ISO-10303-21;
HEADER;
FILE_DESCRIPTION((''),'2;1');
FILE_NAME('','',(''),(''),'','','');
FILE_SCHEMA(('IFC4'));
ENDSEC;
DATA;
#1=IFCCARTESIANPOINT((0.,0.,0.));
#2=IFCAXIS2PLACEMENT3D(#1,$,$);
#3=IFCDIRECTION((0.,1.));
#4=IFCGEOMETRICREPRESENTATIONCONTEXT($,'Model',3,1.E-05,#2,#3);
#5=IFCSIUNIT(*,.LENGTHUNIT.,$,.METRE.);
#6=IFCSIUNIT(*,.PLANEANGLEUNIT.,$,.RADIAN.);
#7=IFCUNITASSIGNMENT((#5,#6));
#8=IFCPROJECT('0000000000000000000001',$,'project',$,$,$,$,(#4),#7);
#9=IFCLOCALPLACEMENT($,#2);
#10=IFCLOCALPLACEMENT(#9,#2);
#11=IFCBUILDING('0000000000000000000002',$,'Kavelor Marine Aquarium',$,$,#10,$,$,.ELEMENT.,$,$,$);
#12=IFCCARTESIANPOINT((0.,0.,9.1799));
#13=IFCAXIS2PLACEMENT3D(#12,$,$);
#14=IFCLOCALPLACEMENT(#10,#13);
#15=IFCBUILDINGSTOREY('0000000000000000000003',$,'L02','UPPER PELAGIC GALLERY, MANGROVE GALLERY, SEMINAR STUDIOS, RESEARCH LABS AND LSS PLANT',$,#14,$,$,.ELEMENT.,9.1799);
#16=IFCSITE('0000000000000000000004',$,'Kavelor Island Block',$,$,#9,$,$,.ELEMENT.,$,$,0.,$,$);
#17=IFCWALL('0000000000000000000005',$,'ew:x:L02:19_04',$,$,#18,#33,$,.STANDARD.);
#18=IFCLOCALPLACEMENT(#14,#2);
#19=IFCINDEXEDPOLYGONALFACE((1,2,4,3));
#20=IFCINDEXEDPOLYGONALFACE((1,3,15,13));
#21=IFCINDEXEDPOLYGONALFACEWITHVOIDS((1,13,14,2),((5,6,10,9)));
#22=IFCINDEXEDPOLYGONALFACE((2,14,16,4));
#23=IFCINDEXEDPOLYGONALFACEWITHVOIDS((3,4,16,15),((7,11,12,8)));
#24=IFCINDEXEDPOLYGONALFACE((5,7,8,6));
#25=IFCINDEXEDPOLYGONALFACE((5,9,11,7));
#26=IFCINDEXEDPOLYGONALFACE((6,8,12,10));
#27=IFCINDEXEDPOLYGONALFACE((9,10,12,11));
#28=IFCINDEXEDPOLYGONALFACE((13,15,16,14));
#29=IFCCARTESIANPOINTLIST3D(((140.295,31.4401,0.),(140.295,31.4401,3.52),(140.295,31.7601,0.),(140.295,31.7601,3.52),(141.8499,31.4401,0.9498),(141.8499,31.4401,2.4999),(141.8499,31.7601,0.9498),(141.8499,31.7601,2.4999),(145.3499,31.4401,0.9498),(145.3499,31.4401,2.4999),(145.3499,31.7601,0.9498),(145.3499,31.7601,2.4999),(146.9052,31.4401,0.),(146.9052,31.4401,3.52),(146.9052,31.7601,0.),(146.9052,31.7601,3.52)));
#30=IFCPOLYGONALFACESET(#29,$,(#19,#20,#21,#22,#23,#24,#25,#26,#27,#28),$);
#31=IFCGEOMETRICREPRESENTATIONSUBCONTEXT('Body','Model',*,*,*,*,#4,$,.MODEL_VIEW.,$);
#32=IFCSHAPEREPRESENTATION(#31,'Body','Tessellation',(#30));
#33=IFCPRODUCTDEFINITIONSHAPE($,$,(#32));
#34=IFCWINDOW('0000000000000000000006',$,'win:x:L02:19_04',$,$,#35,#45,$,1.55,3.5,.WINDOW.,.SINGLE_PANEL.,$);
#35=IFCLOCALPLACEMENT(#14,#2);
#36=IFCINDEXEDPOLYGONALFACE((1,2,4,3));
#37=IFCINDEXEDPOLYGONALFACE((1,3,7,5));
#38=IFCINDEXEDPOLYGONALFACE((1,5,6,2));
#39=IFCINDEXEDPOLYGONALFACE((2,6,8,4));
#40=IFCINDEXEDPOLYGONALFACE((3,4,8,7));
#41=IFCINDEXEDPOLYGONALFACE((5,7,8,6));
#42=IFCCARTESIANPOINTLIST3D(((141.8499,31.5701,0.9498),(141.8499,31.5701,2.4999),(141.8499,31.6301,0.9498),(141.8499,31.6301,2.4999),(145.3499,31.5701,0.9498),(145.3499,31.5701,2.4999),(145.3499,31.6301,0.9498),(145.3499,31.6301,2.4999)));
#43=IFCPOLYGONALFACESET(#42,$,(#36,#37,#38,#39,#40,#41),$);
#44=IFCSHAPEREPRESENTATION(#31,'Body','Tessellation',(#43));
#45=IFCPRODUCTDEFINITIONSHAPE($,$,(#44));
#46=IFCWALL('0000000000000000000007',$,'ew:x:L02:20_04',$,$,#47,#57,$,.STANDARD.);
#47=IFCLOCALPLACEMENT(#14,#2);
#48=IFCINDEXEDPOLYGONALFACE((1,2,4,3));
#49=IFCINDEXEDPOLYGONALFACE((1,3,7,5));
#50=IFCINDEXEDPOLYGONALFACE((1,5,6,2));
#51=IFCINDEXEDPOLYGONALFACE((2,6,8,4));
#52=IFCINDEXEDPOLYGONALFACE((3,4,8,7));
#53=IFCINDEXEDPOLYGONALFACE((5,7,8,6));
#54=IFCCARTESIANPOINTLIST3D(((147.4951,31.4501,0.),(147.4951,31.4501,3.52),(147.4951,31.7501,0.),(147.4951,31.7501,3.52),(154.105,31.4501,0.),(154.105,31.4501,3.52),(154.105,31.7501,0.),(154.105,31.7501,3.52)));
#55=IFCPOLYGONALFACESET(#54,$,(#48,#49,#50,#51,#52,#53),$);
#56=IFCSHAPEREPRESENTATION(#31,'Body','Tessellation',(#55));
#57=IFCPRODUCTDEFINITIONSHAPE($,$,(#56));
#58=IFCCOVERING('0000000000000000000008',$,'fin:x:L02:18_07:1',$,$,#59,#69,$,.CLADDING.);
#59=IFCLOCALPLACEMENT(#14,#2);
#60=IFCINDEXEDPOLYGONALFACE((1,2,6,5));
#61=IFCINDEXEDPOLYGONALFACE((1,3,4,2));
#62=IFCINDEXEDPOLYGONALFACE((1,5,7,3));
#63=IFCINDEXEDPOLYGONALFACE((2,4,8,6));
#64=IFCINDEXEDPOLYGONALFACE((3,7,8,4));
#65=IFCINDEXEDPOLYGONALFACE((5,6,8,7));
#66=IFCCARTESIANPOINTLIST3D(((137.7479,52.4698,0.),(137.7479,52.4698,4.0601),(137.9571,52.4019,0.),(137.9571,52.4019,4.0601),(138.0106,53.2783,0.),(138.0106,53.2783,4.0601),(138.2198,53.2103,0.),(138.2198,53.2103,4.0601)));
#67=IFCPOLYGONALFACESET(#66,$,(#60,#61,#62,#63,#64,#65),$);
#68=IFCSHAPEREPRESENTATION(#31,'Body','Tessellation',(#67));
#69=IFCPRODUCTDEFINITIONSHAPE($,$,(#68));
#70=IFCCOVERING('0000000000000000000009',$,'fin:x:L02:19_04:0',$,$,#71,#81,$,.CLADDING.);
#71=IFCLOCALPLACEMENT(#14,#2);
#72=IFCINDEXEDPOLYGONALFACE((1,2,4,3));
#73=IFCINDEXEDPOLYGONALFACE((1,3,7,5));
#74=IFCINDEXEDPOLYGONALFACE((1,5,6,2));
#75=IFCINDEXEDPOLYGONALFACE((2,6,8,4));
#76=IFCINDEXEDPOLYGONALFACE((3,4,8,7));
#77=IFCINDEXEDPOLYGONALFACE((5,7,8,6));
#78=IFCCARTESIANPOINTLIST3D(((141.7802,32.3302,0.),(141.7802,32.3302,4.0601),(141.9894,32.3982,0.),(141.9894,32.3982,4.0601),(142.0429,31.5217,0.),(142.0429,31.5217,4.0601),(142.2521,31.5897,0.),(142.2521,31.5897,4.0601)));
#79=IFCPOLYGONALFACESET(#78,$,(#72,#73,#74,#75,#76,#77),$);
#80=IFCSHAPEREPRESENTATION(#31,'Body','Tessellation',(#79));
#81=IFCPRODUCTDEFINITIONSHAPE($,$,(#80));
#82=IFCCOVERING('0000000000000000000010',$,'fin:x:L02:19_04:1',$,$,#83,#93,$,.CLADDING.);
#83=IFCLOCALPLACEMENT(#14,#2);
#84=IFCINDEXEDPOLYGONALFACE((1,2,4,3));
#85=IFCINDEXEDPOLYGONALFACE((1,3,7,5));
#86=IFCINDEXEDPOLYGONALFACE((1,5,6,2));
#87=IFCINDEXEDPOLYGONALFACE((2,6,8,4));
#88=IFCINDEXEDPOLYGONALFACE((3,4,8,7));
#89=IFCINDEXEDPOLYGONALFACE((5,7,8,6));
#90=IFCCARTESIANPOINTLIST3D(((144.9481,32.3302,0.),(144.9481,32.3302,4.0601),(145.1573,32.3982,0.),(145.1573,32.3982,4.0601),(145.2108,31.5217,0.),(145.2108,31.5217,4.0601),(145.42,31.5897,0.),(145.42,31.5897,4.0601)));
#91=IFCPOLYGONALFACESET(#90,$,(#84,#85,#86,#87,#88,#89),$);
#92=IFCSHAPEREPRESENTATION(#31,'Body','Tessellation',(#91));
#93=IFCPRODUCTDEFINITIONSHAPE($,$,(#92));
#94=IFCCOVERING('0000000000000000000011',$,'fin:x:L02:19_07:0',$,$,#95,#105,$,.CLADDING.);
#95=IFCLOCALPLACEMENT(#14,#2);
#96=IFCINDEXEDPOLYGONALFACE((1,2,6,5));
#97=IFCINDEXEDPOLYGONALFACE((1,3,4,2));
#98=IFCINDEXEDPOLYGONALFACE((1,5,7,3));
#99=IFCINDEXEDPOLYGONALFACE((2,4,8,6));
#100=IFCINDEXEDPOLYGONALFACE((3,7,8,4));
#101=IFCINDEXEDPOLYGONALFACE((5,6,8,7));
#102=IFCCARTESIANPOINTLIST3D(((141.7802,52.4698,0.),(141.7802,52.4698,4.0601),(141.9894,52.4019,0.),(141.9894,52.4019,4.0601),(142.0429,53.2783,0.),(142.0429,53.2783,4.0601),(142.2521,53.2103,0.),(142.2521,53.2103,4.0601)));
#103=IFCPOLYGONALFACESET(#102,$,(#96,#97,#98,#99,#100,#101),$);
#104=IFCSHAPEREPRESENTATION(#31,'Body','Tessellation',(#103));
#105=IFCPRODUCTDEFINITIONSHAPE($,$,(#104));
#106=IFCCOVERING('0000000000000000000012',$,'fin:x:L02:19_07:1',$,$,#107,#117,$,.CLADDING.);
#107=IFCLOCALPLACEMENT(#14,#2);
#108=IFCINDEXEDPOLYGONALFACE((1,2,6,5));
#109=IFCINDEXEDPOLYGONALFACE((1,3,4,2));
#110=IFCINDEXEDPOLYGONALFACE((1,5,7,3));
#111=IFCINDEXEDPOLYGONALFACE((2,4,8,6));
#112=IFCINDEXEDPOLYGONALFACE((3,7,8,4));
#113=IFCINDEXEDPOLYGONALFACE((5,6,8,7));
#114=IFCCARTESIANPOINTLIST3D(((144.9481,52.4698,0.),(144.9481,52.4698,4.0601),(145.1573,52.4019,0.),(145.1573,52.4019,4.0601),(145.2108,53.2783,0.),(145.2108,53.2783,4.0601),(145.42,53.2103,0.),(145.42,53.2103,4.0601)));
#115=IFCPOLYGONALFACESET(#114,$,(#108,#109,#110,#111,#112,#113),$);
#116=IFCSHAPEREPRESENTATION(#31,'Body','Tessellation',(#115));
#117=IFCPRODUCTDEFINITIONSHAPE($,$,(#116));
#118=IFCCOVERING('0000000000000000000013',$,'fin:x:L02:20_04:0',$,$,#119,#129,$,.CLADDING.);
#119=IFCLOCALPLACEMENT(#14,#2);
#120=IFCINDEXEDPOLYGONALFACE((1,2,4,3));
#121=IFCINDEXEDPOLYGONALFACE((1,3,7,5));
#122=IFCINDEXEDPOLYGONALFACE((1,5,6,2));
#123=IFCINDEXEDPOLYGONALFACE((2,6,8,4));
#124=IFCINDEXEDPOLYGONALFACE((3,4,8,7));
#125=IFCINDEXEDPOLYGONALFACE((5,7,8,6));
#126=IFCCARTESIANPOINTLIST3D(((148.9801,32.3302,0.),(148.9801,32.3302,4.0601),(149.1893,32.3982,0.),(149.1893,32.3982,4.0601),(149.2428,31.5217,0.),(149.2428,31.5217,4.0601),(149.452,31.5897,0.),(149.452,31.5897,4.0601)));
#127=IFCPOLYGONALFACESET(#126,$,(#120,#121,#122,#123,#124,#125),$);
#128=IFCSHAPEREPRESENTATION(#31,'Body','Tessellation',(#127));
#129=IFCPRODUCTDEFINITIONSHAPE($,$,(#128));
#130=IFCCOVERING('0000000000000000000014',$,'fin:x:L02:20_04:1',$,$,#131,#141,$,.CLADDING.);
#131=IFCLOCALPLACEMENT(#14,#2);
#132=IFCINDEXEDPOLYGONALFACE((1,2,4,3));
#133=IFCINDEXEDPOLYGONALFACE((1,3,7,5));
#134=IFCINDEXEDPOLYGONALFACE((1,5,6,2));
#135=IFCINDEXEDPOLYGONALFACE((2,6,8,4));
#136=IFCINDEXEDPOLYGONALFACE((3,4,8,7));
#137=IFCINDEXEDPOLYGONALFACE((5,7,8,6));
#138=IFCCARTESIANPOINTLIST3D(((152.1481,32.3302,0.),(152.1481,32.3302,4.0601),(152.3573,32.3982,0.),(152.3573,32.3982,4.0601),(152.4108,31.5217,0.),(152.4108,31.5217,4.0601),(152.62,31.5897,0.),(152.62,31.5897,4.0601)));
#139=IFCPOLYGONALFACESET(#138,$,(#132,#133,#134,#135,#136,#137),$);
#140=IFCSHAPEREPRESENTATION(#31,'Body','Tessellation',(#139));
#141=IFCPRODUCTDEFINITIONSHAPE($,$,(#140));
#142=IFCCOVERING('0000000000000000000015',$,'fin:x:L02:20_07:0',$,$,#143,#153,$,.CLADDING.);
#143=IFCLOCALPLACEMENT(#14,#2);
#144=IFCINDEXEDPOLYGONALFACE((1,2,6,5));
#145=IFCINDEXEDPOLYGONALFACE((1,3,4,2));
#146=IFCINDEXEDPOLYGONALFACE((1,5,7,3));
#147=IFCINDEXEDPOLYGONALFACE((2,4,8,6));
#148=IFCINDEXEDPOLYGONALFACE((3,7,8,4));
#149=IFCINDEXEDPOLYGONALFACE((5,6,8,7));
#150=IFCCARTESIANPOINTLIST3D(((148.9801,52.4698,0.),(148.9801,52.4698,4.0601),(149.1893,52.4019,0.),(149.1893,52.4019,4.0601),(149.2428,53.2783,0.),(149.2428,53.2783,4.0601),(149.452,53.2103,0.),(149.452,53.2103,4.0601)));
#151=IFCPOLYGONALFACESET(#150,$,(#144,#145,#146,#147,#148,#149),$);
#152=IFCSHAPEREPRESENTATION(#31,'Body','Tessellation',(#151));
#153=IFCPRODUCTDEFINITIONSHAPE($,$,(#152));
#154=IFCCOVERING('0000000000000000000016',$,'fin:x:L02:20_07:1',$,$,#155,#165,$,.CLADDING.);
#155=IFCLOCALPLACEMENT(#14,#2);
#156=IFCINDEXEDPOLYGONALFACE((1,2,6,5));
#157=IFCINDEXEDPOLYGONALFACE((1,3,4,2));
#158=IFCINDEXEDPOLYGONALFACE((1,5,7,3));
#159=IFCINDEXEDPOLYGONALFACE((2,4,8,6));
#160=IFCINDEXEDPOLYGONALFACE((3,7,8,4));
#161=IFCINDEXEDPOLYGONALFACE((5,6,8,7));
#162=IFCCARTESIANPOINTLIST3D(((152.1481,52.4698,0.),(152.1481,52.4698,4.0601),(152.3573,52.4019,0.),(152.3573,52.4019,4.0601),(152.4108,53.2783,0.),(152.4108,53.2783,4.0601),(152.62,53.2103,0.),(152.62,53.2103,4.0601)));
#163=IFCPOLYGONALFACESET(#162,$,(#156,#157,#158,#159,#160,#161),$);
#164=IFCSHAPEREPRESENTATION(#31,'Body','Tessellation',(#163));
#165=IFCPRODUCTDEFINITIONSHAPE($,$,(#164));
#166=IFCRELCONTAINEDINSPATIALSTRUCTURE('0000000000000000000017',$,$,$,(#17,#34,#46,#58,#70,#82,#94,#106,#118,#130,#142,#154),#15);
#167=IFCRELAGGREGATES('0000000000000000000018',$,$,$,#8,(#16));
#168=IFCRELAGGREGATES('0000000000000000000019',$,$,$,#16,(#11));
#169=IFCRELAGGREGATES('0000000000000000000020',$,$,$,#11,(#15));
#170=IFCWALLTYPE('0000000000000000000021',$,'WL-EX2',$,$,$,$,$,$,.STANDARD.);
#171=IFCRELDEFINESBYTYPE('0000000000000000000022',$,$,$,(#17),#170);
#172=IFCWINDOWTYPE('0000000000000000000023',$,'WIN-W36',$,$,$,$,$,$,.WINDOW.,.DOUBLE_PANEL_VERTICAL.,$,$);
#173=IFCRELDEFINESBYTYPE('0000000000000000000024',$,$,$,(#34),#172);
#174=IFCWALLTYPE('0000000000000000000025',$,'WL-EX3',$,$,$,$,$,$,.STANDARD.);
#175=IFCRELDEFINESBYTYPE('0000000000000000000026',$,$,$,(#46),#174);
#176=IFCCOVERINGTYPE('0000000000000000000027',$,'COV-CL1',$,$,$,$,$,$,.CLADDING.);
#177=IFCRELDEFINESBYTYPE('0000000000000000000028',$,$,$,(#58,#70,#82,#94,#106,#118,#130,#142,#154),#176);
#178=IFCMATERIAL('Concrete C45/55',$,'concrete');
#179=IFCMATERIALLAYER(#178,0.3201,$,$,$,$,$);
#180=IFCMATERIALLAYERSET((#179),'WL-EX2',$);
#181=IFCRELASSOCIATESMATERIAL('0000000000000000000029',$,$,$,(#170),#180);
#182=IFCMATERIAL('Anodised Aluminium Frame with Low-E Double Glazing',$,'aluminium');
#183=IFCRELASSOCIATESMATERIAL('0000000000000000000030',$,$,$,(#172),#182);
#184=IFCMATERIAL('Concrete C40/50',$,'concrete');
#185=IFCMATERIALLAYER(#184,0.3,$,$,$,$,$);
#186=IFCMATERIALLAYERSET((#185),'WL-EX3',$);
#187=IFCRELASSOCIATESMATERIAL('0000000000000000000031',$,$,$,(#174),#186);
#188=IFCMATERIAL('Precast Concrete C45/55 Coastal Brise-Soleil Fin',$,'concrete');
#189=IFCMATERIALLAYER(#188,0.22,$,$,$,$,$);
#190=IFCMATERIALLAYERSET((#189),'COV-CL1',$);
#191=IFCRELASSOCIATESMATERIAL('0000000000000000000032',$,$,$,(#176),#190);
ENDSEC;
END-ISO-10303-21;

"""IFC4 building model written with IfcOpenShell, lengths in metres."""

from ifc_helpers import new_model, si_unit, direction, frame, frame_2d, origin, origin_2d, place, context, subcontext, project, spatial, rectangle, extrude, material, layer, layer_set, type_object, element, fill, save


model = new_model("IFC4")

# Units and contexts
model_context = context("Model", 3, precision=1e-05, world=origin(), true_north=direction((0.0, 1.0)))
body_context = subcontext(model_context, "Body", "Model", "MODEL_VIEW")
ifc_project = project(units=[si_unit("LENGTHUNIT", "METRE"), si_unit("PLANEANGLEUNIT", "RADIAN")], contexts=[model_context])

# Site, building, storey
site_placement = place(None, origin())
site = spatial("IfcSite", under=ifc_project, at=site_placement, Name="Kavelor Island Block", CompositionType="ELEMENT", RefElevation=0.0)
building_placement = place(site_placement, origin())
building = spatial("IfcBuilding", under=site, at=building_placement, Name="Kavelor Marine Aquarium", CompositionType="ELEMENT")
storey_placement = place(building_placement, frame((0.0, 0.0, 9.1799)))
storey = spatial("IfcBuildingStorey", under=building, at=storey_placement, Name="L02", Description="UPPER PELAGIC GALLERY, MANGROVE GALLERY, SEMINAR STUDIOS, RESEARCH LABS AND LSS PLANT", CompositionType="ELEMENT", Elevation=9.1799)

# Wall, opening, window
ifc_material_1 = material(Name="Concrete C45/55", Category="concrete")
ifc_layer_1 = layer(ifc_material_1, 0.3201)
ifc_layer_set_1 = layer_set([ifc_layer_1], Name="WL-EX2")
wall_type_1 = type_object("IfcWallType", Name="WL-EX2", PredefinedType="STANDARD", material=ifc_layer_set_1)
wall_1_placement = place(storey_placement, frame((140.2949, 31.6001, 0.0), z_axis=(0.0, 0.0, 1.0), x_axis=(1.0, 0.0, 0.0)))
wall_1 = element("IfcWall", 1, at=wall_1_placement, inside=storey, type_object=wall_type_1, Name="ew:x:L02:19_04", PredefinedType="STANDARD", context=body_context, shape_type="SweptSolid", body=[
    extrude(rectangle(XDim=6.6101, YDim=0.3201, at=frame_2d((3.3052, 0.0))), origin(), (0.0, 0.0, 1.0), 3.52),
])
opening_placement = place(wall_1_placement, frame((1.5549, 0.0, 0.95)))
opening = element("IfcOpeningElement", 2, at=opening_placement, cuts=wall_1, PredefinedType="OPENING", context=body_context, shape_type="SweptSolid", body=[
    extrude(rectangle(XDim=3.5, YDim=1.55, at=frame_2d((1.75, 0.7749))), frame((0.0, 0.1699, 0.0), z_axis=(0.0, -1.0, 0.0), x_axis=(1.0, 0.0, 0.0)), (0.0, 0.0, 1.0), 0.3401),
])
ifc_material_2 = material(Name="Anodised Aluminium Frame with Low-E Double Glazing", Category="aluminium")
window_type = type_object("IfcWindowType", Name="WIN-W36", PartitioningType="DOUBLE_PANEL_VERTICAL", PredefinedType="WINDOW", material=ifc_material_2)
window_placement = place(opening_placement, origin())
window = element("IfcWindow", 3, at=window_placement, inside=storey, type_object=window_type, Name="win:x:L02:19_04", OverallHeight=1.55, OverallWidth=3.5, PartitioningType="SINGLE_PANEL", PredefinedType="WINDOW", context=body_context, shape_type="SweptSolid", body=[
    extrude(rectangle(XDim=3.5, YDim=1.55, at=frame_2d((1.75, 0.7749))), frame((0.0, 0.03, 0.0), z_axis=(0.0, -1.0, 0.0), x_axis=(1.0, 0.0, 0.0)), (0.0, 0.0, 1.0), 0.0601),
])
fill(opening, window)

# Wall
ifc_material_3 = material(Name="Concrete C40/50", Category="concrete")
ifc_layer_2 = layer(ifc_material_3, 0.3)
ifc_layer_set_2 = layer_set([ifc_layer_2], Name="WL-EX3")
wall_type_2 = type_object("IfcWallType", Name="WL-EX3", PredefinedType="STANDARD", material=ifc_layer_set_2)
wall_2_placement = place(storey_placement, frame((147.4951, 31.6001, 0.0), z_axis=(0.0, 0.0, 1.0), x_axis=(1.0, 0.0, 0.0)))
element("IfcWall", 4, at=wall_2_placement, inside=storey, type_object=wall_type_2, Name="ew:x:L02:20_04", PredefinedType="STANDARD", context=body_context, shape_type="SweptSolid", body=[
    extrude(rectangle(XDim=6.6099, YDim=0.3, at=frame_2d((3.3049, 0.0))), origin(), (0.0, 0.0, 1.0), 3.52),
])

# Coverings
ifc_material_4 = material(Name="Precast Concrete C45/55 Coastal Brise-Soleil Fin", Category="concrete")
ifc_layer_3 = layer(ifc_material_4, 0.22)
ifc_layer_set_3 = layer_set([ifc_layer_3], Name="COV-CL1")
covering_type = type_object("IfcCoveringType", Name="COV-CL1", PredefinedType="CLADDING", material=ifc_layer_set_3)
for number, where, z_axis, x_axis, name in (
    (5, (137.9839, 52.8401, 0.0), (0.0, 0.0, 1.0), (0.951057, -0.309017, 0.0), "fin:x:L02:18_07:1"),
    (6, (142.0161, 31.96, 0.0), (0.0, 0.0, 1.0), (0.951057, 0.309017, 0.0), "fin:x:L02:19_04:0"),
    (7, (145.1841, 31.96, 0.0), (0.0, 0.0, 1.0), (0.951057, 0.309017, 0.0), "fin:x:L02:19_04:1"),
    (8, (142.0161, 52.8401, 0.0), (0.0, 0.0, 1.0), (0.951057, -0.309017, 0.0), "fin:x:L02:19_07:0"),
    (9, (145.1841, 52.8401, 0.0), (0.0, 0.0, 1.0), (0.951057, -0.309017, 0.0), "fin:x:L02:19_07:1"),
    (10, (149.2161, 31.96, 0.0), (0.0, 0.0, 1.0), (0.951057, 0.309017, 0.0), "fin:x:L02:20_04:0"),
    (11, (152.384, 31.96, 0.0), (0.0, 0.0, 1.0), (0.951057, 0.309017, 0.0), "fin:x:L02:20_04:1"),
    (12, (149.2161, 52.8401, 0.0), (0.0, 0.0, 1.0), (0.951057, -0.309017, 0.0), "fin:x:L02:20_07:0"),
    (13, (152.384, 52.8401, 0.0), (0.0, 0.0, 1.0), (0.951057, -0.309017, 0.0), "fin:x:L02:20_07:1"),
):
    element("IfcCovering", number, at=place(storey_placement, frame(where, z_axis=z_axis, x_axis=x_axis)), inside=storey, type_object=covering_type, Name=name, PredefinedType="CLADDING", context=body_context, shape_type="SweptSolid", body=[
        extrude(rectangle(XDim=0.22, YDim=0.8501, at=origin_2d()), origin(), (0.0, 0.0, 1.0), 4.0601),
    ])

save(model, "model.ifc")
